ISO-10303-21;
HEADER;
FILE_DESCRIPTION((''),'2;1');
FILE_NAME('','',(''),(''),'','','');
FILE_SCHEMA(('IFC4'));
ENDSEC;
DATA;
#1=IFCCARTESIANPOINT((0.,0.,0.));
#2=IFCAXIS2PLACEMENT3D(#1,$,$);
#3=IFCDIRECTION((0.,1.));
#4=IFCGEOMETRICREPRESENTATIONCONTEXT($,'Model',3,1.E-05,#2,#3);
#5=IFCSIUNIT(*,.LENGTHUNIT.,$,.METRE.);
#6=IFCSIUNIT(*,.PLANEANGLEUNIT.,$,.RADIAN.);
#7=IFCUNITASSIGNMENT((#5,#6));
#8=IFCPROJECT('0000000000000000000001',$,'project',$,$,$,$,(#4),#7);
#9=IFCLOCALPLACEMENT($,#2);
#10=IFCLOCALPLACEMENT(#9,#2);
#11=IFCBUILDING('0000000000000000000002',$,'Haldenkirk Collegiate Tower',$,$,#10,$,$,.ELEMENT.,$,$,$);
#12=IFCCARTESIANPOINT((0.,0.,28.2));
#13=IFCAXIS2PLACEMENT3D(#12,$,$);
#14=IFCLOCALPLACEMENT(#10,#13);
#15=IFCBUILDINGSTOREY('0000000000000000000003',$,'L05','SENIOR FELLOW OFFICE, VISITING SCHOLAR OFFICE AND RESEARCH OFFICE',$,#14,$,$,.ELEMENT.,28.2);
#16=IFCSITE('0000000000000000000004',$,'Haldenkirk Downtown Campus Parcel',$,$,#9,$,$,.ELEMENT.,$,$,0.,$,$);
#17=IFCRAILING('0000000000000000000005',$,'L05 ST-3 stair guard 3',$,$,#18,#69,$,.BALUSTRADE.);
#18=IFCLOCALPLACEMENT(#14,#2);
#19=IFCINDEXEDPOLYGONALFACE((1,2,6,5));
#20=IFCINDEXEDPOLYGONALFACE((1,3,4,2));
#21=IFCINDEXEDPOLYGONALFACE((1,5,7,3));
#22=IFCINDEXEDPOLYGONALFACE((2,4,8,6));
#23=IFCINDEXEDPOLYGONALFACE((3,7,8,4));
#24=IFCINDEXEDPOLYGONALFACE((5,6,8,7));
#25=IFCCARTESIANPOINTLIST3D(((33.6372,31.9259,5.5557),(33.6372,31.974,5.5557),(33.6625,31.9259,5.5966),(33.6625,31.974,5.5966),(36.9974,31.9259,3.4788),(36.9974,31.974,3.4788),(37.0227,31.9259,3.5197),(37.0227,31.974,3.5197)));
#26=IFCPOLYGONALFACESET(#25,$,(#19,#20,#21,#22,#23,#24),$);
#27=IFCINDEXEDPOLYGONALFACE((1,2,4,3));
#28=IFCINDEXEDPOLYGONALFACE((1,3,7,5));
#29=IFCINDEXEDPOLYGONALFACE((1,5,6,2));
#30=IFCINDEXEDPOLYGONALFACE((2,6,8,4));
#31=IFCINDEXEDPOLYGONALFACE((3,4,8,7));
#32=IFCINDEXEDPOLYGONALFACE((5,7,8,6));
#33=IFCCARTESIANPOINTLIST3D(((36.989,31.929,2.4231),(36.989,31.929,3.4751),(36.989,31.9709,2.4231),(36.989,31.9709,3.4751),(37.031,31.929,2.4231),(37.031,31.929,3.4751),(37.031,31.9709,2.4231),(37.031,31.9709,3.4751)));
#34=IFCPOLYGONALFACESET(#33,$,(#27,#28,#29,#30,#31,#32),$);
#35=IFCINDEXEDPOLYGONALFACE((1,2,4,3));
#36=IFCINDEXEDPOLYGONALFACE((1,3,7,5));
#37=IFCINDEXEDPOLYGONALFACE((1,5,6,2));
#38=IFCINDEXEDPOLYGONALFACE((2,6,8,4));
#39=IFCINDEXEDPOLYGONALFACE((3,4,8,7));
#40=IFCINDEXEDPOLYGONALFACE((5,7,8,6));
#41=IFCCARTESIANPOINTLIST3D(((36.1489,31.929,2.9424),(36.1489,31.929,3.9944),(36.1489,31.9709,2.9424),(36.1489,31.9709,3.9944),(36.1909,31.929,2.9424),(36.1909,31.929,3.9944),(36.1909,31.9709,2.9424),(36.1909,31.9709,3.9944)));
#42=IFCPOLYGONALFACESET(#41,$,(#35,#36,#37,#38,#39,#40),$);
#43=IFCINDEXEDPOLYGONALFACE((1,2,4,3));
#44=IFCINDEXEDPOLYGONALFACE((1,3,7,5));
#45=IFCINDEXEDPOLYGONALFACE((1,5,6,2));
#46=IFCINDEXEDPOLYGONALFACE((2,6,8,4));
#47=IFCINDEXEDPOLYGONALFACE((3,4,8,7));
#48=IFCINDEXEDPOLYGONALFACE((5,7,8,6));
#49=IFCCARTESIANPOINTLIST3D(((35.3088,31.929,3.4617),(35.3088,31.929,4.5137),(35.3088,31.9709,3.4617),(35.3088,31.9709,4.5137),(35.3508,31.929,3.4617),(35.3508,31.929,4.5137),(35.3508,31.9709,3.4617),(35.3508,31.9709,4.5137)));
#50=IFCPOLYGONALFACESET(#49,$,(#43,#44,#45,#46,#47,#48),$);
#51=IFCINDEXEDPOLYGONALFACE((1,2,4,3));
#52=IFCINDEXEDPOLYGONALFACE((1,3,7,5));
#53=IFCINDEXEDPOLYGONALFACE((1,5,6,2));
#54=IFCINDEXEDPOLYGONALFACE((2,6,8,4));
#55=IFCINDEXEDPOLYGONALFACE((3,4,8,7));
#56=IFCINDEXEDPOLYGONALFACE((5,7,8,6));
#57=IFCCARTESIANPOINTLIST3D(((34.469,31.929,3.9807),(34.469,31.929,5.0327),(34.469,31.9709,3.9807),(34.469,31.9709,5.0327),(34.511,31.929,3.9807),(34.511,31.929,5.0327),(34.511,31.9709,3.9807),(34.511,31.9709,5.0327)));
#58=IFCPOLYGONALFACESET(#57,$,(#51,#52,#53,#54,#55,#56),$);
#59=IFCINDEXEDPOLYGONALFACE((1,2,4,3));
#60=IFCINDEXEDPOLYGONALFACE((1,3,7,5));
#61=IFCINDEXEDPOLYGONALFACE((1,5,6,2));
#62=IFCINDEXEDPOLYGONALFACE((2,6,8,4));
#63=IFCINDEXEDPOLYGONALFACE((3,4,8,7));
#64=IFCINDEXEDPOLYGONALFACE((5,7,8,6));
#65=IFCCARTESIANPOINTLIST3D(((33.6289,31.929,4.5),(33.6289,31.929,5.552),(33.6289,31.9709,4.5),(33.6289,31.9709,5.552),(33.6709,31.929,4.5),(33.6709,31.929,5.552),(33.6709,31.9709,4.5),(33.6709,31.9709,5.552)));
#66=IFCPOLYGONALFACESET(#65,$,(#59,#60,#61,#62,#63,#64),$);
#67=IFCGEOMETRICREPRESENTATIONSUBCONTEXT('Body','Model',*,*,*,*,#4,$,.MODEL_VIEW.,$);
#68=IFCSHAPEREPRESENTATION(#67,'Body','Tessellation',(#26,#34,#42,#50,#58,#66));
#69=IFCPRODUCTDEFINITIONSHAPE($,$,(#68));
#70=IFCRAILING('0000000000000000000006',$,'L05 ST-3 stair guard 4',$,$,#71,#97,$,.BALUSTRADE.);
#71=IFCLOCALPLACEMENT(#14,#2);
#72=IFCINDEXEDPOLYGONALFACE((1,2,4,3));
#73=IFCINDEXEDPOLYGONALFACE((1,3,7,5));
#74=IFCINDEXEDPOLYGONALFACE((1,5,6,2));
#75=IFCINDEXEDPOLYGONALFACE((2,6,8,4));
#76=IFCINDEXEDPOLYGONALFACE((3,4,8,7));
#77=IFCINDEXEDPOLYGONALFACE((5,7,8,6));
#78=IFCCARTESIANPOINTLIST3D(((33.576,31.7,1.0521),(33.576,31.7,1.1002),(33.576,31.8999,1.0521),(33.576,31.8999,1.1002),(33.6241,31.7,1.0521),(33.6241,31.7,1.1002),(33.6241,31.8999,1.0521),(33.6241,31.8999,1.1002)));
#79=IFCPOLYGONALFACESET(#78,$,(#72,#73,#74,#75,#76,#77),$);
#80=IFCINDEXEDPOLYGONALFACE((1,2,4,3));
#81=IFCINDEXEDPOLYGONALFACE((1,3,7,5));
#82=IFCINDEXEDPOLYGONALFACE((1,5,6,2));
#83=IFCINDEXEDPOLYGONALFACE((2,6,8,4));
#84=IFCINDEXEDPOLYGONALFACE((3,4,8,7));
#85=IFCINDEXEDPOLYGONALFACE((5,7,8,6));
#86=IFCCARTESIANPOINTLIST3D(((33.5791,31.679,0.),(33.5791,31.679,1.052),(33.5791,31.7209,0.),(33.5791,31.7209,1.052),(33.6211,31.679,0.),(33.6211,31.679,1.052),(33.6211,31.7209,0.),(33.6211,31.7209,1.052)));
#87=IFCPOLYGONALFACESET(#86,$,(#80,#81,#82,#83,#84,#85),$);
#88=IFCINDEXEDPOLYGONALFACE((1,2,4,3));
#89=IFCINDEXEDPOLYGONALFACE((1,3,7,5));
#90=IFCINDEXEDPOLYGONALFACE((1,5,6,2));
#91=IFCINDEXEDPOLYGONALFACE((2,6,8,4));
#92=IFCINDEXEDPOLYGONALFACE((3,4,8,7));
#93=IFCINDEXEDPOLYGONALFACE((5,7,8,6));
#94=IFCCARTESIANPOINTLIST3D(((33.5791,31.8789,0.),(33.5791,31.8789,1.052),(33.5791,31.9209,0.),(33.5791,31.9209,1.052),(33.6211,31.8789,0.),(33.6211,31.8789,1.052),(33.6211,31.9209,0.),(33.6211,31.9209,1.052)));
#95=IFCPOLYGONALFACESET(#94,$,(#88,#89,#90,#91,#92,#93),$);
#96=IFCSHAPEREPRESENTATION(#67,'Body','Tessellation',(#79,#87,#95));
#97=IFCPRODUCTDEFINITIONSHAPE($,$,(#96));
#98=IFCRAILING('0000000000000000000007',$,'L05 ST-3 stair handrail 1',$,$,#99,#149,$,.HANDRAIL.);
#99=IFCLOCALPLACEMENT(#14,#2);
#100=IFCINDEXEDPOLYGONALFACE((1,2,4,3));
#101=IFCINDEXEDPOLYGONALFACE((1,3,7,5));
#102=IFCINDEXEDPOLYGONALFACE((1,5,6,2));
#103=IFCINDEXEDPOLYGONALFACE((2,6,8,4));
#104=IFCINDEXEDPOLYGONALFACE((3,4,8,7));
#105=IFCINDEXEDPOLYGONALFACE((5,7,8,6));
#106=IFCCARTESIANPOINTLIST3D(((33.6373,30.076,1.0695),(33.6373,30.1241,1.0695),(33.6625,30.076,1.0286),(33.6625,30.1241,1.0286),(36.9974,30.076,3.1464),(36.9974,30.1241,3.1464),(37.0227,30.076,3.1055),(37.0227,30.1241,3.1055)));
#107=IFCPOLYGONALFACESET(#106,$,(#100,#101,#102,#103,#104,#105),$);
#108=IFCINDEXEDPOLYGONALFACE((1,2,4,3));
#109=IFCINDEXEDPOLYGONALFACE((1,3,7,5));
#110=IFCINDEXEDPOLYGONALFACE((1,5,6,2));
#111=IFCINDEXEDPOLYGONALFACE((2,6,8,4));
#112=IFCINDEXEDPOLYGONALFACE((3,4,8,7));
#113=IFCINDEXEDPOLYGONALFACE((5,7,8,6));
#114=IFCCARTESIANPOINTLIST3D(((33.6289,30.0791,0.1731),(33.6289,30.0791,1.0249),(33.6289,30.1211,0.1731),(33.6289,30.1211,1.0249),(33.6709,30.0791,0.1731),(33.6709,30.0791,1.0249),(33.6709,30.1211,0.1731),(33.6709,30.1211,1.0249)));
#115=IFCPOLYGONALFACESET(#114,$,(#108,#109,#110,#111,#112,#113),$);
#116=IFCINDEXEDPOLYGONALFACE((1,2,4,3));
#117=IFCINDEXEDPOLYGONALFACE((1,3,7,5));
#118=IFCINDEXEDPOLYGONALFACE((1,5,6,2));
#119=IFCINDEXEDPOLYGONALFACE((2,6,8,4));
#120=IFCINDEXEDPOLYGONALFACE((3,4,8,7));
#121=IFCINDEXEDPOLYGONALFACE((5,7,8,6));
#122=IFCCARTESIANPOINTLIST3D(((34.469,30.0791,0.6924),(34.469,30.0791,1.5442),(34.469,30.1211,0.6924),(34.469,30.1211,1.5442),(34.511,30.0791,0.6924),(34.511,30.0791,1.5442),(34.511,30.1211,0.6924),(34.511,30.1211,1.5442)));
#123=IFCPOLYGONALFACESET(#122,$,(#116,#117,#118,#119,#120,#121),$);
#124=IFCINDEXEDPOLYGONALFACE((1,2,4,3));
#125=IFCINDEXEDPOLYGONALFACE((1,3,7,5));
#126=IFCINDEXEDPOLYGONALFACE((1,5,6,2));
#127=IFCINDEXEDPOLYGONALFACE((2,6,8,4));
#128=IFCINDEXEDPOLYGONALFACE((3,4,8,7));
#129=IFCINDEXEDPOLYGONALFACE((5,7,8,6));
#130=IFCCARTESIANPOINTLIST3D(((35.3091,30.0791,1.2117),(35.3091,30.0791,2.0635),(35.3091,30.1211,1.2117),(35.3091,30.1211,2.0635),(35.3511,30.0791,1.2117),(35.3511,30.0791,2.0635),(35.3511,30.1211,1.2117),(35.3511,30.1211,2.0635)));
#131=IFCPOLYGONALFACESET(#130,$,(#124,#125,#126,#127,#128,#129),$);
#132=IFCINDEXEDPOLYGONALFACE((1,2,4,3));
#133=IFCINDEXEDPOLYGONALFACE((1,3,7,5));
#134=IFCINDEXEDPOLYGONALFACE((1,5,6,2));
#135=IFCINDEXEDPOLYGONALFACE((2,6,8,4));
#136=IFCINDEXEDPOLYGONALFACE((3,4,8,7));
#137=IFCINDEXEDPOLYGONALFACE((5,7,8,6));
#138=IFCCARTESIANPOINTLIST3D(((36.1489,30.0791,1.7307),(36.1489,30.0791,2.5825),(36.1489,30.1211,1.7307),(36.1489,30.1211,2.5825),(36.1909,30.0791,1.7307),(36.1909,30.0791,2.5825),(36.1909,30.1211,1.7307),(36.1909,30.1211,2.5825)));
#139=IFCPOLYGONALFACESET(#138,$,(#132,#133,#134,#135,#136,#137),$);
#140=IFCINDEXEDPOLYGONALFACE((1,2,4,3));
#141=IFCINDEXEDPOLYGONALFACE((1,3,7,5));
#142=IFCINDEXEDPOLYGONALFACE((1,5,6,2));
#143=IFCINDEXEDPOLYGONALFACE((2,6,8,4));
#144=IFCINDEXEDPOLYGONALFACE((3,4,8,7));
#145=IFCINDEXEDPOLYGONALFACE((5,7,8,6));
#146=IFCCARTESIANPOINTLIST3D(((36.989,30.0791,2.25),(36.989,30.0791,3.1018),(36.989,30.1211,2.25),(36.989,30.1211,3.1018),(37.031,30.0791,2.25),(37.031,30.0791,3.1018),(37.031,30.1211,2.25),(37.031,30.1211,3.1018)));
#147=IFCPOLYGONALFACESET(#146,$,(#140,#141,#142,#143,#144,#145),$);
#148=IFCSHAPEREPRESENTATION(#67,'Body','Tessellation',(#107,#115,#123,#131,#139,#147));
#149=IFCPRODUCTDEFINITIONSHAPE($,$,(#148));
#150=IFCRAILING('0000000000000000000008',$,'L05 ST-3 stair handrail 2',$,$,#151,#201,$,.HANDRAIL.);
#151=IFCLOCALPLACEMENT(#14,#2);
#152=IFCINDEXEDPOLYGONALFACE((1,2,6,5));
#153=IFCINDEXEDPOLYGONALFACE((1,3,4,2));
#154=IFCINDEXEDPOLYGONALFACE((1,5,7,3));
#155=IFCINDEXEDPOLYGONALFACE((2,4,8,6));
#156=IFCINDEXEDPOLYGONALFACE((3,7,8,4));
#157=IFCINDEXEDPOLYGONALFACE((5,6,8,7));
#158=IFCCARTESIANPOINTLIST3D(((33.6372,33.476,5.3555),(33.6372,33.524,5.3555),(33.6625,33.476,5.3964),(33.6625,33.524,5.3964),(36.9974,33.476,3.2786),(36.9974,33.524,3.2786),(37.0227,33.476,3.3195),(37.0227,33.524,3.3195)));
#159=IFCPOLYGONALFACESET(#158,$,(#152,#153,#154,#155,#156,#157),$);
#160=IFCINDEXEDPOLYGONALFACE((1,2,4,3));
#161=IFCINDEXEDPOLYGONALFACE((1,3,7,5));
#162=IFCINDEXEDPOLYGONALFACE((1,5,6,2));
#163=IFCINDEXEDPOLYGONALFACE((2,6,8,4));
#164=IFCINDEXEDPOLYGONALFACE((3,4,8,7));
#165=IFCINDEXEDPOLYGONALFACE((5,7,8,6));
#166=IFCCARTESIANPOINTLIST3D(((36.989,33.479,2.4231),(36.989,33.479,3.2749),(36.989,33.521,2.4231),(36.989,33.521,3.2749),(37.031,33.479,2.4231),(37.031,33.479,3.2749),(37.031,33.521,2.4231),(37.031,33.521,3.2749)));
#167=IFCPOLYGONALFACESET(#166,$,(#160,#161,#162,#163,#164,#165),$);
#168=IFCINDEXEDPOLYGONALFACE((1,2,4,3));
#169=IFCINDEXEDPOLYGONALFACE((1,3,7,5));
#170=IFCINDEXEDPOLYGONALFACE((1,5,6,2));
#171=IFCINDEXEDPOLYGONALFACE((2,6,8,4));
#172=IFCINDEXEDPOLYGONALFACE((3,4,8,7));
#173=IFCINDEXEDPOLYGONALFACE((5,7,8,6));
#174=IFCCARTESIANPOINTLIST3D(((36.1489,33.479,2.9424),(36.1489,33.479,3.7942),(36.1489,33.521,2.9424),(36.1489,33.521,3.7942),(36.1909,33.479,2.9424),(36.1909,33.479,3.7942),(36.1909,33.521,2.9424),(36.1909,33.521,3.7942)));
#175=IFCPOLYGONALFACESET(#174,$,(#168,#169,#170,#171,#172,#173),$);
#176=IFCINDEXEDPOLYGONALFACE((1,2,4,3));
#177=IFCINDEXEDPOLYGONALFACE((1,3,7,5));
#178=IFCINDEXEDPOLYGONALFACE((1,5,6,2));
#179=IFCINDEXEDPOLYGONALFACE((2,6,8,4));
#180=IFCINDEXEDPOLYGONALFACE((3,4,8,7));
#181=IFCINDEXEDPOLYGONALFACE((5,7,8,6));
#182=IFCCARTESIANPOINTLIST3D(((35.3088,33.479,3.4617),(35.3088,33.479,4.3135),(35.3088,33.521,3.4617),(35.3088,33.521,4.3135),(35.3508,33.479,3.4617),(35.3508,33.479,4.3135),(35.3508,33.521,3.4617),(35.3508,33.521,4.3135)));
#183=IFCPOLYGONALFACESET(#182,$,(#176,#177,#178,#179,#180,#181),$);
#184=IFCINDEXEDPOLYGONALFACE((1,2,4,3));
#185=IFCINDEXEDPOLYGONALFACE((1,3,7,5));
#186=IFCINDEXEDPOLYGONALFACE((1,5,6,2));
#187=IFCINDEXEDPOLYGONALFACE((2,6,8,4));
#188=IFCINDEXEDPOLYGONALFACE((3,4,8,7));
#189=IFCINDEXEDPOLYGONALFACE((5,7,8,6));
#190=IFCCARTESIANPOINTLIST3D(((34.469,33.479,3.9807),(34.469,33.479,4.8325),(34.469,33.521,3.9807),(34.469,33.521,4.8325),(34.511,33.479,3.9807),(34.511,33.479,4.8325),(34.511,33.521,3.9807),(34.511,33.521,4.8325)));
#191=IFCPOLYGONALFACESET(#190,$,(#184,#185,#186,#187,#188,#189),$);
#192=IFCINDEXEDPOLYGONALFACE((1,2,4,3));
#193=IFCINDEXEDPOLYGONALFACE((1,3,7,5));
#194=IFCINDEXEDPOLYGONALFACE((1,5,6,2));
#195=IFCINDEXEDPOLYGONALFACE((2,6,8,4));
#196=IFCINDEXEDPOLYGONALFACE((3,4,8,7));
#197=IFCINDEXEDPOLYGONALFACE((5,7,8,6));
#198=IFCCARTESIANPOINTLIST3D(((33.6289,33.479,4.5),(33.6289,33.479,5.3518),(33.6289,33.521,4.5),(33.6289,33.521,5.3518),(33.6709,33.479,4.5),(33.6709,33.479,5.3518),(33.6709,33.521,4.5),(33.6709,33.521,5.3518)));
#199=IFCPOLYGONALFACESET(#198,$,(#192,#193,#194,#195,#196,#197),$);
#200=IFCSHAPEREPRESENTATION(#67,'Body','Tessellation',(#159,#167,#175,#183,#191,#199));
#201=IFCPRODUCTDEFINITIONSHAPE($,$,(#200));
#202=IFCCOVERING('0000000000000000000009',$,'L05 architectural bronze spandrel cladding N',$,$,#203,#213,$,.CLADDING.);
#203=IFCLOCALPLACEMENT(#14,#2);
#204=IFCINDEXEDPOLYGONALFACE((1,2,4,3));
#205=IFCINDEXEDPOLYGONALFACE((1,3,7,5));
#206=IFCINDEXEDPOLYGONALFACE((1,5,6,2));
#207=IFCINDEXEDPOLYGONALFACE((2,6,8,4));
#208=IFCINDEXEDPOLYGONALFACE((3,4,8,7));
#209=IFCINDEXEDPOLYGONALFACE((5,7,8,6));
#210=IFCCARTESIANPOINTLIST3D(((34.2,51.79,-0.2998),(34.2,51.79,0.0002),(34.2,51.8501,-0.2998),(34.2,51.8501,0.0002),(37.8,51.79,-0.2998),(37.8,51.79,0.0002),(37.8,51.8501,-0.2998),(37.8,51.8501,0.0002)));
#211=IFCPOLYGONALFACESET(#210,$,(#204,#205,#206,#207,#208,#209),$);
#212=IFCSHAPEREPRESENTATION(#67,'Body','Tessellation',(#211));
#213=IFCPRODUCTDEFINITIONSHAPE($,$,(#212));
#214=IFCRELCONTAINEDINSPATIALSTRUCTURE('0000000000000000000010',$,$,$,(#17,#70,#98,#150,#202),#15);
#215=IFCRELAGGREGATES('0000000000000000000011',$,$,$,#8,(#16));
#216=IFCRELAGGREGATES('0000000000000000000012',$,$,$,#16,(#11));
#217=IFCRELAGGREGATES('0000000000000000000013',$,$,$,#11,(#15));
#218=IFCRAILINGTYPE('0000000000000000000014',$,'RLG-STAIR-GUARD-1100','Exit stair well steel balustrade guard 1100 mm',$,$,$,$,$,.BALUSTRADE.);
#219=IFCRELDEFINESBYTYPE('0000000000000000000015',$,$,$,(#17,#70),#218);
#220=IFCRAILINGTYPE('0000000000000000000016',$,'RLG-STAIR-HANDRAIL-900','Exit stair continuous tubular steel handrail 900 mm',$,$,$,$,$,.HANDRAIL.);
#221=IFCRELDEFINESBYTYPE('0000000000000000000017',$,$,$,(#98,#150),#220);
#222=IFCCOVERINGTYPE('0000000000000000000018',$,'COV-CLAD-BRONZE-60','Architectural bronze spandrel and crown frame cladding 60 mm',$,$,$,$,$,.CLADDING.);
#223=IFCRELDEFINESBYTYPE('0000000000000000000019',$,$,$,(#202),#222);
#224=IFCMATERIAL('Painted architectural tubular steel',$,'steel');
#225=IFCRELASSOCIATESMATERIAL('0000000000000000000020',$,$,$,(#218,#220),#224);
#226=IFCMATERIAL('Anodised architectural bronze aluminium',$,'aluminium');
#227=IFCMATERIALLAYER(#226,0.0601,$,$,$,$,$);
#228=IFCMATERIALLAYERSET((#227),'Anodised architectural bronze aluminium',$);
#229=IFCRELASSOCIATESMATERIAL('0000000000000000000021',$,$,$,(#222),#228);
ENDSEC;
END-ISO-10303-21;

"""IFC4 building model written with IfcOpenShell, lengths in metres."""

from ifc_helpers import new_model, si_unit, direction, frame, origin, origin_2d, place, context, subcontext, project, spatial, rectangle, extrude, source, transform, mapped, material, layer, layer_set, type_object, element, save


model = new_model("IFC4")

# Units and contexts
model_context = context("Model", 3, precision=1e-05, world=origin(), true_north=direction((0.0, 1.0)))
body_context = subcontext(model_context, "Body", "Model", "MODEL_VIEW")
ifc_project = project(units=[si_unit("LENGTHUNIT", "METRE"), si_unit("PLANEANGLEUNIT", "RADIAN")], contexts=[model_context])

# Site, building, storey
site_placement = place(None, origin())
site = spatial("IfcSite", under=ifc_project, at=site_placement, Name="Haldenkirk Downtown Campus Parcel", CompositionType="ELEMENT", RefElevation=0.0)
building_placement = place(site_placement, origin())
building = spatial("IfcBuilding", under=site, at=building_placement, Name="Haldenkirk Collegiate Tower", CompositionType="ELEMENT")
storey_placement = place(building_placement, frame((0.0, 0.0, 28.2)))
storey = spatial("IfcBuildingStorey", under=building, at=storey_placement, Name="L05", Description="SENIOR FELLOW OFFICE, VISITING SCHOLAR OFFICE AND RESEARCH OFFICE", CompositionType="ELEMENT", Elevation=28.2)

# Shared definitions
ifc_material_1 = material(Name="Anodised architectural bronze aluminium", Category="aluminium")

# Railings
ifc_material_2 = material(Name="Painted architectural tubular steel", Category="steel")
railing_type_1 = type_object("IfcRailingType", Name="RLG-STAIR-GUARD-1100", Description="Exit stair well steel balustrade guard 1100 mm", PredefinedType="BALUSTRADE", material=ifc_material_2)
railing_1_placement = place(storey_placement, frame((37.01, 31.95, 2.4231)))
element("IfcRailing", 1, at=railing_1_placement, inside=storey, type_object=railing_type_1, Name="L05 ST-3 stair guard 3", PredefinedType="BALUSTRADE", context=body_context, shape_type="SweptSolid", body=[
    extrude(rectangle(XDim=0.0481, YDim=0.0481, at=origin_2d()), frame((0.0, 0.0, 1.0762), z_axis=(-0.850623, 0.0, 0.525776), x_axis=(0.0, -1.0, 0.0)), (0.0, 0.0, 1.0), 3.9502),
    extrude(rectangle(XDim=0.042, YDim=0.042, at=origin_2d()), origin(), (0.0, 0.0, 1.0), 1.052),
    extrude(rectangle(XDim=0.042, YDim=0.042, at=origin_2d()), frame((-0.8401, 0.0, 0.5193)), (0.0, 0.0, 1.0), 1.052),
    extrude(rectangle(XDim=0.042, YDim=0.042, at=origin_2d()), frame((-1.6802, 0.0, 1.0386)), (0.0, 0.0, 1.0), 1.052),
    extrude(rectangle(XDim=0.042, YDim=0.042, at=origin_2d()), frame((-2.52, 0.0, 1.5576)), (0.0, 0.0, 1.0), 1.052),
    extrude(rectangle(XDim=0.042, YDim=0.042, at=origin_2d()), frame((-3.3601, 0.0, 2.0769)), (0.0, 0.0, 1.0), 1.052),
])
railing_2_placement = place(storey_placement, frame((33.6001, 31.7, 0.0)))
element("IfcRailing", 2, at=railing_2_placement, inside=storey, type_object=railing_type_1, Name="L05 ST-3 stair guard 4", PredefinedType="BALUSTRADE", context=body_context, shape_type="SweptSolid", body=[
    extrude(rectangle(XDim=0.0481, YDim=0.0481, at=origin_2d()), frame((0.0, 0.0, 1.0762), z_axis=(0.0, 1.0, 0.0), x_axis=(-1.0, 0.0, 0.0)), (0.0, 0.0, 1.0), 0.2),
    extrude(rectangle(XDim=0.042, YDim=0.042, at=origin_2d()), origin(), (0.0, 0.0, 1.0), 1.052),
    extrude(rectangle(XDim=0.042, YDim=0.042, at=origin_2d()), frame((0.0, 0.2, 0.0)), (0.0, 0.0, 1.0), 1.052),
])
railing_type_2 = type_object("IfcRailingType", Name="RLG-STAIR-HANDRAIL-900", Description="Exit stair continuous tubular steel handrail 900 mm", PredefinedType="HANDRAIL", material=ifc_material_2)
railing_3_placement = place(storey_placement, frame((33.6499, 30.1001, 0.1731)))
element("IfcRailing", 3, at=railing_3_placement, inside=storey, type_object=railing_type_2, Name="L05 ST-3 stair handrail 1", PredefinedType="HANDRAIL", context=body_context, shape_type="SweptSolid", body=[
    extrude(rectangle(XDim=0.0481, YDim=0.0481, at=origin_2d()), frame((0.0, 0.0, 0.876), z_axis=(0.850623, 0.0, 0.525776), x_axis=(0.0, 1.0, 0.0)), (0.0, 0.0, 1.0), 3.9502),
    extrude(rectangle(XDim=0.042, YDim=0.042, at=origin_2d()), origin(), (0.0, 0.0, 1.0), 0.8518),
    extrude(rectangle(XDim=0.042, YDim=0.042, at=origin_2d()), frame((0.8401, 0.0, 0.5193)), (0.0, 0.0, 1.0), 0.8518),
    extrude(rectangle(XDim=0.042, YDim=0.042, at=origin_2d()), frame((1.6802, 0.0, 1.0386)), (0.0, 0.0, 1.0), 0.8518),
    extrude(rectangle(XDim=0.042, YDim=0.042, at=origin_2d()), frame((2.52, 0.0, 1.5576)), (0.0, 0.0, 1.0), 0.8518),
    extrude(rectangle(XDim=0.042, YDim=0.042, at=origin_2d()), frame((3.3601, 0.0, 2.0769)), (0.0, 0.0, 1.0), 0.8518),
])
railing_4_placement = place(storey_placement, frame((37.01, 33.5, 2.4231)))
element("IfcRailing", 4, at=railing_4_placement, inside=storey, type_object=railing_type_2, Name="L05 ST-3 stair handrail 2", PredefinedType="HANDRAIL", context=body_context, shape_type="SweptSolid", body=[
    extrude(rectangle(XDim=0.0481, YDim=0.0481, at=origin_2d()), frame((0.0, 0.0, 0.876), z_axis=(-0.850623, 0.0, 0.525776), x_axis=(0.0, -1.0, 0.0)), (0.0, 0.0, 1.0), 3.9502),
    extrude(rectangle(XDim=0.042, YDim=0.042, at=origin_2d()), origin(), (0.0, 0.0, 1.0), 0.8518),
    extrude(rectangle(XDim=0.042, YDim=0.042, at=origin_2d()), frame((-0.8401, 0.0, 0.5193)), (0.0, 0.0, 1.0), 0.8518),
    extrude(rectangle(XDim=0.042, YDim=0.042, at=origin_2d()), frame((-1.6802, 0.0, 1.0386)), (0.0, 0.0, 1.0), 0.8518),
    extrude(rectangle(XDim=0.042, YDim=0.042, at=origin_2d()), frame((-2.52, 0.0, 1.5576)), (0.0, 0.0, 1.0), 0.8518),
    extrude(rectangle(XDim=0.042, YDim=0.042, at=origin_2d()), frame((-3.3601, 0.0, 2.0769)), (0.0, 0.0, 1.0), 0.8518),
])

# Covering
ifc_layer_1 = layer(ifc_material_1, 0.0601)
ifc_layer_set_1 = layer_set([ifc_layer_1], Name="Anodised architectural bronze aluminium")
covering_type = type_object("IfcCoveringType", Name="COV-CLAD-BRONZE-60", Description="Architectural bronze spandrel and crown frame cladding 60 mm", PredefinedType="CLADDING", material=ifc_layer_set_1)
shared_shape_1 = source(origin(), body_context, "Body", "SweptSolid", [
    extrude(rectangle(XDim=3.6001, YDim=0.0601, at=origin_2d()), origin(), (0.0, 0.0, 1.0), 0.3),
])
covering_placement = place(storey_placement, frame((36.0, 51.8201, -0.2998), z_axis=(0.0, 0.0, 1.0), x_axis=(1.0, 0.0, 0.0)))
element("IfcCovering", 5, at=covering_placement, inside=storey, type_object=covering_type, Name="L05 architectural bronze spandrel cladding N", PredefinedType="CLADDING", context=body_context, shape_type="MappedRepresentation", body=[
    mapped(shared_shape_1, transform((0.0, 0.0, 0.0), x_axis=(1.0, 0.0, 0.0), y_axis=(0.0, 1.0, 0.0), z_axis=(0.0, 0.0, 1.0), scale=1.0)),
])

save(model, "model.ifc")
